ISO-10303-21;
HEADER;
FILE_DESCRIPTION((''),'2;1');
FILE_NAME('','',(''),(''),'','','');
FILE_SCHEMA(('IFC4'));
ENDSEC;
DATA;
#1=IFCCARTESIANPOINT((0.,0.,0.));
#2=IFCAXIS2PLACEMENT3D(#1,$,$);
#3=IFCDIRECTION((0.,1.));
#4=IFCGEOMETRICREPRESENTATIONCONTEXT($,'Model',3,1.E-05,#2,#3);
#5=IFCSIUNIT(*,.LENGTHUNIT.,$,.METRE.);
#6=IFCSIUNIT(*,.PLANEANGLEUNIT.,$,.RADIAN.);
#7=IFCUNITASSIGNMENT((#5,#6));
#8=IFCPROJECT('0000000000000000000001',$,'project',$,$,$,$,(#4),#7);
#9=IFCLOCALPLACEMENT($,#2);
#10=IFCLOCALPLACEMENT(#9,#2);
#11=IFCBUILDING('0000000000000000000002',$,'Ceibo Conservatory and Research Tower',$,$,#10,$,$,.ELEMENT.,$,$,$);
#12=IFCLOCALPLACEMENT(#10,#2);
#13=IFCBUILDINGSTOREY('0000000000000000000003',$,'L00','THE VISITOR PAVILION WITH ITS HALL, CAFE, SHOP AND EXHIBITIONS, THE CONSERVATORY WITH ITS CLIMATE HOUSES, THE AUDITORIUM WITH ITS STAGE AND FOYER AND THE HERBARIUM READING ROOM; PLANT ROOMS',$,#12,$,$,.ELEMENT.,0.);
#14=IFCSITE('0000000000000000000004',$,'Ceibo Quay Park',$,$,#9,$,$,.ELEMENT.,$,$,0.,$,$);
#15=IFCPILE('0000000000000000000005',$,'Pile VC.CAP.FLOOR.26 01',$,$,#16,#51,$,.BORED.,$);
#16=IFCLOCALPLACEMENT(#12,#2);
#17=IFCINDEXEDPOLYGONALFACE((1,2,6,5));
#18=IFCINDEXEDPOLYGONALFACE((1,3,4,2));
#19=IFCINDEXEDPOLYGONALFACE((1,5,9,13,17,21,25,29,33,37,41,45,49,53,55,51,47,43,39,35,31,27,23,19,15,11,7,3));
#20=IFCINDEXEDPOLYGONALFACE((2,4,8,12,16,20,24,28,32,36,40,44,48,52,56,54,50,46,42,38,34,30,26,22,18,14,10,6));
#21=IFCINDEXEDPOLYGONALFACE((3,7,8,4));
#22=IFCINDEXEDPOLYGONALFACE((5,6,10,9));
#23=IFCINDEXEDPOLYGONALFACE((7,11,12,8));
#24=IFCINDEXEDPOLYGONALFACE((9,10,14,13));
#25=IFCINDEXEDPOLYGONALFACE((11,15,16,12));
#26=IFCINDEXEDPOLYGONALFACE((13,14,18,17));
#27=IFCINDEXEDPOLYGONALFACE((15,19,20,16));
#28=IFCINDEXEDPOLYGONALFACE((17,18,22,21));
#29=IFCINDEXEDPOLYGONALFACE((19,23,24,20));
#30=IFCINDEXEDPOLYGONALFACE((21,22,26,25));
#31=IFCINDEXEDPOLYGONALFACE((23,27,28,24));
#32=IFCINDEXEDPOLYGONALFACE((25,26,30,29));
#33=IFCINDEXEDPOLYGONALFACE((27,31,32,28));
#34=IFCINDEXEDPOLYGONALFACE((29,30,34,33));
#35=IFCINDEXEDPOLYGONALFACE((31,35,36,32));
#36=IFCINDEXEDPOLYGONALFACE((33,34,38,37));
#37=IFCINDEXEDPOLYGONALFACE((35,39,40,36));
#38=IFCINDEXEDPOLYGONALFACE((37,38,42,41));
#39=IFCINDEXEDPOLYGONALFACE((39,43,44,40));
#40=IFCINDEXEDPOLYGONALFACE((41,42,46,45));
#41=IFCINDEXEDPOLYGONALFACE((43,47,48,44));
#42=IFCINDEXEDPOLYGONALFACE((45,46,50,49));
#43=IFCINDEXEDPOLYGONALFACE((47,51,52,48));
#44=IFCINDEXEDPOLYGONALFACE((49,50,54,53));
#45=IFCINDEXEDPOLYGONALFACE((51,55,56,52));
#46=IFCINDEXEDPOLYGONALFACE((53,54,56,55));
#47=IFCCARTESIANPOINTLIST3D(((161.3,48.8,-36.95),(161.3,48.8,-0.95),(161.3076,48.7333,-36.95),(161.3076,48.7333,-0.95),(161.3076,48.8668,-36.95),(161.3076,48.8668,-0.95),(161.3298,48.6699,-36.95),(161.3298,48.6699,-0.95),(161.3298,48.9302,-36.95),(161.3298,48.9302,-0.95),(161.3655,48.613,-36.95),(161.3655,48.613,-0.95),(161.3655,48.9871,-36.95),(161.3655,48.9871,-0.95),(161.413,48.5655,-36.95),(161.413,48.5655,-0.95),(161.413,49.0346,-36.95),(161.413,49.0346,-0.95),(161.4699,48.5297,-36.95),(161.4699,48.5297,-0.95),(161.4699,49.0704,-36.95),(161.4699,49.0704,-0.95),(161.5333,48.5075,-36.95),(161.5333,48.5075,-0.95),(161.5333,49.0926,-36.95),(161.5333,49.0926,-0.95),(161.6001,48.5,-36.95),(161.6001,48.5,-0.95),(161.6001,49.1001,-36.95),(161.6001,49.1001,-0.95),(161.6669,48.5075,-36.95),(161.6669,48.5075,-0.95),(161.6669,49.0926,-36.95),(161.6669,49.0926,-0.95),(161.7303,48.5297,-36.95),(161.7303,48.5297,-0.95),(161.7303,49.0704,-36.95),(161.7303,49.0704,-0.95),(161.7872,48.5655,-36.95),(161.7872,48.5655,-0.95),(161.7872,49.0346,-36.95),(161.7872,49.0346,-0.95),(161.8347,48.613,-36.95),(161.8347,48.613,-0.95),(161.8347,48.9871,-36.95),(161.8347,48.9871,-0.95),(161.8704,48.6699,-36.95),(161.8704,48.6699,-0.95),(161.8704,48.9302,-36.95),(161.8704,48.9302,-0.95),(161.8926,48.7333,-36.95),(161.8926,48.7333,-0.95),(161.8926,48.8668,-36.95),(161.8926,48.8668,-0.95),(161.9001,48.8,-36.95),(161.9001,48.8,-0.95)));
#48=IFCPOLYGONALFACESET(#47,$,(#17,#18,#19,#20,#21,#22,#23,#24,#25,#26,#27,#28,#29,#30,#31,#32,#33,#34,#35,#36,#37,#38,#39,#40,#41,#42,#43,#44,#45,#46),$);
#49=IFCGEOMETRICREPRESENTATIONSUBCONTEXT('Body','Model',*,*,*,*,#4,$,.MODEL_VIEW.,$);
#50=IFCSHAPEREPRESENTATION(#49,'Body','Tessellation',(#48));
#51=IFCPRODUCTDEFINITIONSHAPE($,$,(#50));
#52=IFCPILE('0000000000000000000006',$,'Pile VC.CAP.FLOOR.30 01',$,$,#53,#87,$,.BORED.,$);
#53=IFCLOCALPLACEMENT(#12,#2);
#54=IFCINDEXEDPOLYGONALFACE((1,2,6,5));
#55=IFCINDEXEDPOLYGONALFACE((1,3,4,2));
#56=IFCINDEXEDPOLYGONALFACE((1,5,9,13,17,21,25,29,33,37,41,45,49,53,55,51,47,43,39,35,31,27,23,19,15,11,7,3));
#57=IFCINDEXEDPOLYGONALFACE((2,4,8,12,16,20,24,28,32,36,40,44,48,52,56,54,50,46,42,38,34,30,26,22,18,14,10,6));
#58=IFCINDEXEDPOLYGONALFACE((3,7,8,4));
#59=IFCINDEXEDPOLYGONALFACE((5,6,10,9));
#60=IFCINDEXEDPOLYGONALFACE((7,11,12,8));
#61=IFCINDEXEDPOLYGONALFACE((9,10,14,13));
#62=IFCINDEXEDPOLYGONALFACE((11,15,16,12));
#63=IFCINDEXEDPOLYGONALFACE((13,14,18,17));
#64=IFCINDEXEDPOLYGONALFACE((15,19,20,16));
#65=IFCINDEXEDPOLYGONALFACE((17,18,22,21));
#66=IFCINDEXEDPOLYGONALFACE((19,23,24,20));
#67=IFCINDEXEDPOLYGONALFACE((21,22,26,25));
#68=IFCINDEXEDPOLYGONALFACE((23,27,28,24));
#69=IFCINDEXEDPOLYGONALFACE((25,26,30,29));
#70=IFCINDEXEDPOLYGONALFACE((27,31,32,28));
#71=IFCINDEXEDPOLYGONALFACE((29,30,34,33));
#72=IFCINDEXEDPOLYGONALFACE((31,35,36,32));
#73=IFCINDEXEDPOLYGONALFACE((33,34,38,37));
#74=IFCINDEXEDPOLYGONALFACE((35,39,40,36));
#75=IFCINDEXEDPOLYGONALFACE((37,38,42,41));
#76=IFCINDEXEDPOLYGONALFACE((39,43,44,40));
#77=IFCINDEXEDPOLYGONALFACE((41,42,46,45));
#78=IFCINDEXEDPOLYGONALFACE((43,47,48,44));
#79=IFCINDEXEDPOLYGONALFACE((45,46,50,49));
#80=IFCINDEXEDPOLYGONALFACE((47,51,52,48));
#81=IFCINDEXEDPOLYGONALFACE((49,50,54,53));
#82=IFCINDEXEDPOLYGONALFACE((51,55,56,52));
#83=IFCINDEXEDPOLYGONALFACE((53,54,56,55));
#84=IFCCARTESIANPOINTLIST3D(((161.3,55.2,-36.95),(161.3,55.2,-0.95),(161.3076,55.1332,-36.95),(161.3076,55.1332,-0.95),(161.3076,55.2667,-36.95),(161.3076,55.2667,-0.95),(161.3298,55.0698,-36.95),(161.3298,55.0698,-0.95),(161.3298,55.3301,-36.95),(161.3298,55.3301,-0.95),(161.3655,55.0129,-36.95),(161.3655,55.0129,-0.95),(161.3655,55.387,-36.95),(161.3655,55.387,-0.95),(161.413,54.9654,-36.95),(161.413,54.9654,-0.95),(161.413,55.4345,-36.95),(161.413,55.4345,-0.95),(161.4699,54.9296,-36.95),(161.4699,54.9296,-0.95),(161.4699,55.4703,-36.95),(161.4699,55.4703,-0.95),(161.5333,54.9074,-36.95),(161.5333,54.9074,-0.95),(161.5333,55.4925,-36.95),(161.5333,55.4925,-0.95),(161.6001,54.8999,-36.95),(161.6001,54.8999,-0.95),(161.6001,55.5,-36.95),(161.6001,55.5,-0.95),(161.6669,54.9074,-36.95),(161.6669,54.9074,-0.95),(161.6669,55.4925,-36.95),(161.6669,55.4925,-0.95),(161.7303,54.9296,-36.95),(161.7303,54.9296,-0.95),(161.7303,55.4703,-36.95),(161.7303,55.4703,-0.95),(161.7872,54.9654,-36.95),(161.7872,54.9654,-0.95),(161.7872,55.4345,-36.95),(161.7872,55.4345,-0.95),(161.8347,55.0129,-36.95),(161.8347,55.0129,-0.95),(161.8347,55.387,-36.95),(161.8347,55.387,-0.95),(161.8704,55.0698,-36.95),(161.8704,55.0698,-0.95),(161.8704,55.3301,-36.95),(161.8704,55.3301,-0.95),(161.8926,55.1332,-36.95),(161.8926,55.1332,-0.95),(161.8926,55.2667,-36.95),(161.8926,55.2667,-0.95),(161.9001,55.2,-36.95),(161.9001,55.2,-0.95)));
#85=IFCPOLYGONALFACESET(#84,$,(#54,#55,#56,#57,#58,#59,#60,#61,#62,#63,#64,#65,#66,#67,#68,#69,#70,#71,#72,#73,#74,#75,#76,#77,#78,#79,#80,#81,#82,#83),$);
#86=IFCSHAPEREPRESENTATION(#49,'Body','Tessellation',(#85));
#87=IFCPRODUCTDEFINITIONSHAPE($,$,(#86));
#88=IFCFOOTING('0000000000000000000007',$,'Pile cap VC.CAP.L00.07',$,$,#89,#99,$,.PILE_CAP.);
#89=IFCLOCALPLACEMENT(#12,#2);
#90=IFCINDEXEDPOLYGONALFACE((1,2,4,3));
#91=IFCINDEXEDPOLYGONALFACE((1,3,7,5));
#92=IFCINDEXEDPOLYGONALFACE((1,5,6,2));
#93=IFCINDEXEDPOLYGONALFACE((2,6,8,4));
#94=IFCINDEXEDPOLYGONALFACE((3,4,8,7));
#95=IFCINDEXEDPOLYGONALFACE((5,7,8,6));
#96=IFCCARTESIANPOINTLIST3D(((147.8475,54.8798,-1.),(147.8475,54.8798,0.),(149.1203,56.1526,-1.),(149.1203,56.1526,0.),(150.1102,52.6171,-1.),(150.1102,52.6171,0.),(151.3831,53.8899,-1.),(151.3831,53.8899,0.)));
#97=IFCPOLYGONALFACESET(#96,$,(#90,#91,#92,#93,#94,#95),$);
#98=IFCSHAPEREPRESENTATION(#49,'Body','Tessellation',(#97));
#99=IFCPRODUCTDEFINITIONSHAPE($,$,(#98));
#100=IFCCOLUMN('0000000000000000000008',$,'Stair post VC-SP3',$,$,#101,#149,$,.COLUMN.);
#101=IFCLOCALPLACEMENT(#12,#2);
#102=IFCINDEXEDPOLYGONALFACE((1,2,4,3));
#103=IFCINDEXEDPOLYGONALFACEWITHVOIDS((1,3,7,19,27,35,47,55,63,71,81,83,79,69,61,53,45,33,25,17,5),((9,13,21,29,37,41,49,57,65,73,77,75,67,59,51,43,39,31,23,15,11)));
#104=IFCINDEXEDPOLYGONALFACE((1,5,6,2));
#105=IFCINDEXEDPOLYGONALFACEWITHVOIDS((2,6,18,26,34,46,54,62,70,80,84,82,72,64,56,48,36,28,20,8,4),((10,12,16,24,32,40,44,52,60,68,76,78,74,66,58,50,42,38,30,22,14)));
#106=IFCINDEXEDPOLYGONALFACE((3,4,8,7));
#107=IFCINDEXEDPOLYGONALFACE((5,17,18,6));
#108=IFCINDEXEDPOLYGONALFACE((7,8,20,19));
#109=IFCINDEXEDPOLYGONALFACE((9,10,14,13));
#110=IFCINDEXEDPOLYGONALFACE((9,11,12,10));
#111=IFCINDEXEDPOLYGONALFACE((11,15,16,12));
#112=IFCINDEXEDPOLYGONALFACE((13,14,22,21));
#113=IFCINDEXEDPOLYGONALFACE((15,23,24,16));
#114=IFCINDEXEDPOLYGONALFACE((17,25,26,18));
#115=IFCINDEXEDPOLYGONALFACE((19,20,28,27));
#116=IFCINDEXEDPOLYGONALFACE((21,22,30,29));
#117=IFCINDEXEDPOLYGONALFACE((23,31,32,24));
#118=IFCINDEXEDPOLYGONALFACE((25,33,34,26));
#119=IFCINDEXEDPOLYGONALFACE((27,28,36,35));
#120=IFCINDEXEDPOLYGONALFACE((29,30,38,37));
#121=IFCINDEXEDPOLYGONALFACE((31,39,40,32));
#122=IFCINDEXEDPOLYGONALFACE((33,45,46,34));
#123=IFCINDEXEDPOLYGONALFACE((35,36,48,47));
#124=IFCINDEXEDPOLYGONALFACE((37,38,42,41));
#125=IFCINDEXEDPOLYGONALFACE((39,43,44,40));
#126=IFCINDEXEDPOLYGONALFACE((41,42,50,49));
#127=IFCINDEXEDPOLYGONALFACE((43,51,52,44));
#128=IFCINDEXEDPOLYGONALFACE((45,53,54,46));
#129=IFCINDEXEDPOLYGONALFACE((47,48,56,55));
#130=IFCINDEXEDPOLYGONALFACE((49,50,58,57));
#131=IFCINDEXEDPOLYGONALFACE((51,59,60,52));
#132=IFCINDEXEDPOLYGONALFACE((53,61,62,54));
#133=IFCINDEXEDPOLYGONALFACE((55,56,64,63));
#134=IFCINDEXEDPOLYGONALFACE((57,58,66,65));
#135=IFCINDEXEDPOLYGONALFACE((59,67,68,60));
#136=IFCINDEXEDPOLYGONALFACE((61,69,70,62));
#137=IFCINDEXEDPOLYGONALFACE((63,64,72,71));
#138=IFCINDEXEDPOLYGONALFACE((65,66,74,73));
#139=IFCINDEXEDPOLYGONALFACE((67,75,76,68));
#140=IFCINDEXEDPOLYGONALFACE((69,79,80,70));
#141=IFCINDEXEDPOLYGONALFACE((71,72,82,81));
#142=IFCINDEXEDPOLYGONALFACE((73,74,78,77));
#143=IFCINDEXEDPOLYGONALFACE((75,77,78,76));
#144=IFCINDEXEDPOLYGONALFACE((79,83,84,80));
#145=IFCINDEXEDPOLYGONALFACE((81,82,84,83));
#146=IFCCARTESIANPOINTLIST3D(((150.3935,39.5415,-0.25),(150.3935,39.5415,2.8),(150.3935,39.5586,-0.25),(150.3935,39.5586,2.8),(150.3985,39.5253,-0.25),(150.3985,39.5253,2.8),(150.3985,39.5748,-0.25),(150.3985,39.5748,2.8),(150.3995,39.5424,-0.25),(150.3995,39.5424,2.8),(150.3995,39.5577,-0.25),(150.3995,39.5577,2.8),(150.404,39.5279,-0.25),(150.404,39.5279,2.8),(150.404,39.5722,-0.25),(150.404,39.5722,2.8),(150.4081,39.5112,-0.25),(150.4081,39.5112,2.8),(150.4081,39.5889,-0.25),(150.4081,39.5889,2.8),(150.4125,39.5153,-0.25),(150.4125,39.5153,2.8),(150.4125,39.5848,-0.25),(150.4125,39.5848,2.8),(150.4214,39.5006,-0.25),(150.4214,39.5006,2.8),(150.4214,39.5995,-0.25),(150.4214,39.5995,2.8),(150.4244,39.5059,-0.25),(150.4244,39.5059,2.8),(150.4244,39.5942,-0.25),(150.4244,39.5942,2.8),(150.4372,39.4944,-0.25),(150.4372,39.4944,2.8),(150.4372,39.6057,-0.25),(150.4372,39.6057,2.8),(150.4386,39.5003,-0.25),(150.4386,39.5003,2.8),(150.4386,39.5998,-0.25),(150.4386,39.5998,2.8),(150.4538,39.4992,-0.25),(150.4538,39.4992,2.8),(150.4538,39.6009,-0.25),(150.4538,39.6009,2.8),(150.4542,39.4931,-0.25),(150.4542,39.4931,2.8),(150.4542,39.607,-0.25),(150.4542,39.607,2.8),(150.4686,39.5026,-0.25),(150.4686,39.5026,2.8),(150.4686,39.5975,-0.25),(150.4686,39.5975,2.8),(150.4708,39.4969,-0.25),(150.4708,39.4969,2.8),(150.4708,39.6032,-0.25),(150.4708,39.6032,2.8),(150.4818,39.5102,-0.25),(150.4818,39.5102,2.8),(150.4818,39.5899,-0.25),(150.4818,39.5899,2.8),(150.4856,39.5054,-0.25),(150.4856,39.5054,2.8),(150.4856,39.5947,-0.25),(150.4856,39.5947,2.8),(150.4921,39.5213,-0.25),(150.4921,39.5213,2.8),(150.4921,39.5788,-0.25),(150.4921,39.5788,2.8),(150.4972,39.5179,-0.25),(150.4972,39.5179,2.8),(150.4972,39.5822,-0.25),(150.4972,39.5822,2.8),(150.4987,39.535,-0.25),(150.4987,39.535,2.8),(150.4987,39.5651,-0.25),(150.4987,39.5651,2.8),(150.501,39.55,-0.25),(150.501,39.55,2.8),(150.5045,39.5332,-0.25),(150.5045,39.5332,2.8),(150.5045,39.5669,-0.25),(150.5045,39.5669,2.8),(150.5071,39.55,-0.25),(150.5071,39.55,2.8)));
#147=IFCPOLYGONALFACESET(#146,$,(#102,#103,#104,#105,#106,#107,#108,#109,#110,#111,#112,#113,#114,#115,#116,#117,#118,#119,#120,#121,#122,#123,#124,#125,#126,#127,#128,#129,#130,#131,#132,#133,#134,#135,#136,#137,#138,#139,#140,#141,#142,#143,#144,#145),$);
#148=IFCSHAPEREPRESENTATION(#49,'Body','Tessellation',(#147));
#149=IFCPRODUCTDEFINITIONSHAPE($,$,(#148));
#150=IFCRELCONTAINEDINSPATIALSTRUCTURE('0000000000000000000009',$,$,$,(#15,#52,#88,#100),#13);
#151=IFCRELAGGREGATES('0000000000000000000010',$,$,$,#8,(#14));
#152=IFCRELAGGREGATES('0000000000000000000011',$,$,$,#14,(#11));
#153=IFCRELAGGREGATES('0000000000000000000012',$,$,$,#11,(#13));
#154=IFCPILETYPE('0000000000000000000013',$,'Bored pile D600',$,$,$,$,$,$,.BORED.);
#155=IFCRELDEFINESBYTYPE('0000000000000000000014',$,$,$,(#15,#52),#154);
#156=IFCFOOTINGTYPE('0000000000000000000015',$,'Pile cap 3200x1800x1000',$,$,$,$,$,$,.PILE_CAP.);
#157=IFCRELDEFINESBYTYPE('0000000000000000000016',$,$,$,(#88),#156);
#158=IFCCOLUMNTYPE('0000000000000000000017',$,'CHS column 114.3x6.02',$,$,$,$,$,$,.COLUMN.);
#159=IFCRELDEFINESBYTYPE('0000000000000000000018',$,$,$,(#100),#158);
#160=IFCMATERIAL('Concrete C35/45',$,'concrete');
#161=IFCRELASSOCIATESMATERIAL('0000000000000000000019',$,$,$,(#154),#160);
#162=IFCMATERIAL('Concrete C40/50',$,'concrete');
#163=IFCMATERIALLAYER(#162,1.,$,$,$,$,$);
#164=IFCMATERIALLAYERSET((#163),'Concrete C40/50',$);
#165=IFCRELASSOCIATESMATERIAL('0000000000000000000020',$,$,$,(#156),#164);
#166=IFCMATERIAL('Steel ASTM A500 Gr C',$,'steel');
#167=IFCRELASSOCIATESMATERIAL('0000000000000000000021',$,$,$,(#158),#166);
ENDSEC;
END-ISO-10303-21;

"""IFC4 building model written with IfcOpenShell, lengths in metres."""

from ifc_helpers import new_model, si_unit, direction, frame, origin, origin_2d, place, context, subcontext, project, spatial, polyline, circle, hollow_circle, outline, extrude, material, layer, layer_set, material_profile, profile_set, type_object, element, save


model = new_model("IFC4")

# Units and contexts
model_context = context("Model", 3, precision=1e-05, world=origin(), true_north=direction((0.0, 1.0)))
body_context = subcontext(model_context, "Body", "Model", "MODEL_VIEW")
ifc_project = project(units=[si_unit("LENGTHUNIT", "METRE"), si_unit("PLANEANGLEUNIT", "RADIAN")], contexts=[model_context])

# Site, building, storey
site_placement = place(None, origin())
site = spatial("IfcSite", under=ifc_project, at=site_placement, Name="Ceibo Quay Park", CompositionType="ELEMENT", RefElevation=0.0)
building_placement = place(site_placement, origin())
building = spatial("IfcBuilding", under=site, at=building_placement, Name="Ceibo Conservatory and Research Tower", CompositionType="ELEMENT")
storey_placement = place(building_placement, origin())
storey = spatial("IfcBuildingStorey", under=building, at=storey_placement, Name="L00", Description="THE VISITOR PAVILION WITH ITS HALL, CAFE, SHOP AND EXHIBITIONS, THE CONSERVATORY WITH ITS CLIMATE HOUSES, THE AUDITORIUM WITH ITS STAGE AND FOYER AND THE HERBARIUM READING ROOM; PLANT ROOMS", CompositionType="ELEMENT", Elevation=0.0)

# Piles
ifc_material_1 = material(Name="Concrete C35/45", Category="concrete")
ifc_material_profile_1 = material_profile(ifc_material_1, circle(Radius=0.3, at=origin_2d()), Name="RC D600")
ifc_profile_set_1 = profile_set([ifc_material_profile_1], Name="Concrete C35/45")
pile_type = type_object("IfcPileType", Name="Bored pile D600", PredefinedType="BORED", material=ifc_profile_set_1)
for number, where, z_axis, x_axis, name in (
    (1, (161.6001, 48.8, -0.95), (0.0, 0.0, -1.0), (1.0, 0.0, 0.0), "Pile VC.CAP.FLOOR.26 01"),
    (2, (161.6001, 55.2, -0.95), (0.0, 0.0, -1.0), (1.0, 0.0, 0.0), "Pile VC.CAP.FLOOR.30 01"),
):
    element("IfcPile", number, at=place(storey_placement, frame(where, z_axis=z_axis, x_axis=x_axis)), inside=storey, type_object=pile_type, Name=name, PredefinedType="BORED", context=body_context, shape_type="SweptSolid", body=[
        extrude(circle(Radius=0.3, at=origin_2d()), origin(), (0.0, 0.0, 1.0), 36.0),
    ])

# Footing
ifc_material_2 = material(Name="Concrete C40/50", Category="concrete")
ifc_layer_1 = layer(ifc_material_2, 1.0)
ifc_layer_set_1 = layer_set([ifc_layer_1], Name="Concrete C40/50")
footing_type = type_object("IfcFootingType", Name="Pile cap 3200x1800x1000", PredefinedType="PILE_CAP", material=ifc_layer_set_1)
footing_placement = place(storey_placement, frame((151.3831, 53.8899, -1.0), z_axis=(0.0, 0.0, 1.0), x_axis=(-0.707107, 0.707107, 0.0)))
element("IfcFooting", 3, at=footing_placement, inside=storey, type_object=footing_type, Name="Pile cap VC.CAP.L00.07", PredefinedType="PILE_CAP", context=body_context, shape_type="SweptSolid", body=[
    extrude(outline(polyline([(0.0, 0.0), (3.2, 0.0), (3.2, 1.8), (0.0, 1.8), (0.0, 0.0)])), origin(), (0.0, 0.0, 1.0), 1.0),
])

# Column
ifc_material_3 = material(Name="Steel ASTM A500 Gr C", Category="steel")
ifc_material_profile_2 = material_profile(ifc_material_3, hollow_circle(Radius=0.0571, WallThickness=0.0061, at=origin_2d()), Name="CHS column 114.3x6.02")
ifc_profile_set_2 = profile_set([ifc_material_profile_2], Name="Steel ASTM A500 Gr C")
column_type_1 = type_object("IfcColumnType", Name="CHS column 114.3x6.02", PredefinedType="COLUMN", material=ifc_profile_set_2)
column_1_placement = place(storey_placement, frame((150.45, 39.55, -0.25), z_axis=(0.0, 0.0, 1.0), x_axis=(1.0, 0.0, 0.0)))
element("IfcColumn", 4, at=column_1_placement, inside=storey, type_object=column_type_1, Name="Stair post VC-SP3", PredefinedType="COLUMN", context=body_context, shape_type="SweptSolid", body=[
    extrude(hollow_circle(Radius=0.0571, WallThickness=0.0061, at=origin_2d()), origin(), (0.0, 0.0, 1.0), 3.05),
])

save(model, "model.ifc")
